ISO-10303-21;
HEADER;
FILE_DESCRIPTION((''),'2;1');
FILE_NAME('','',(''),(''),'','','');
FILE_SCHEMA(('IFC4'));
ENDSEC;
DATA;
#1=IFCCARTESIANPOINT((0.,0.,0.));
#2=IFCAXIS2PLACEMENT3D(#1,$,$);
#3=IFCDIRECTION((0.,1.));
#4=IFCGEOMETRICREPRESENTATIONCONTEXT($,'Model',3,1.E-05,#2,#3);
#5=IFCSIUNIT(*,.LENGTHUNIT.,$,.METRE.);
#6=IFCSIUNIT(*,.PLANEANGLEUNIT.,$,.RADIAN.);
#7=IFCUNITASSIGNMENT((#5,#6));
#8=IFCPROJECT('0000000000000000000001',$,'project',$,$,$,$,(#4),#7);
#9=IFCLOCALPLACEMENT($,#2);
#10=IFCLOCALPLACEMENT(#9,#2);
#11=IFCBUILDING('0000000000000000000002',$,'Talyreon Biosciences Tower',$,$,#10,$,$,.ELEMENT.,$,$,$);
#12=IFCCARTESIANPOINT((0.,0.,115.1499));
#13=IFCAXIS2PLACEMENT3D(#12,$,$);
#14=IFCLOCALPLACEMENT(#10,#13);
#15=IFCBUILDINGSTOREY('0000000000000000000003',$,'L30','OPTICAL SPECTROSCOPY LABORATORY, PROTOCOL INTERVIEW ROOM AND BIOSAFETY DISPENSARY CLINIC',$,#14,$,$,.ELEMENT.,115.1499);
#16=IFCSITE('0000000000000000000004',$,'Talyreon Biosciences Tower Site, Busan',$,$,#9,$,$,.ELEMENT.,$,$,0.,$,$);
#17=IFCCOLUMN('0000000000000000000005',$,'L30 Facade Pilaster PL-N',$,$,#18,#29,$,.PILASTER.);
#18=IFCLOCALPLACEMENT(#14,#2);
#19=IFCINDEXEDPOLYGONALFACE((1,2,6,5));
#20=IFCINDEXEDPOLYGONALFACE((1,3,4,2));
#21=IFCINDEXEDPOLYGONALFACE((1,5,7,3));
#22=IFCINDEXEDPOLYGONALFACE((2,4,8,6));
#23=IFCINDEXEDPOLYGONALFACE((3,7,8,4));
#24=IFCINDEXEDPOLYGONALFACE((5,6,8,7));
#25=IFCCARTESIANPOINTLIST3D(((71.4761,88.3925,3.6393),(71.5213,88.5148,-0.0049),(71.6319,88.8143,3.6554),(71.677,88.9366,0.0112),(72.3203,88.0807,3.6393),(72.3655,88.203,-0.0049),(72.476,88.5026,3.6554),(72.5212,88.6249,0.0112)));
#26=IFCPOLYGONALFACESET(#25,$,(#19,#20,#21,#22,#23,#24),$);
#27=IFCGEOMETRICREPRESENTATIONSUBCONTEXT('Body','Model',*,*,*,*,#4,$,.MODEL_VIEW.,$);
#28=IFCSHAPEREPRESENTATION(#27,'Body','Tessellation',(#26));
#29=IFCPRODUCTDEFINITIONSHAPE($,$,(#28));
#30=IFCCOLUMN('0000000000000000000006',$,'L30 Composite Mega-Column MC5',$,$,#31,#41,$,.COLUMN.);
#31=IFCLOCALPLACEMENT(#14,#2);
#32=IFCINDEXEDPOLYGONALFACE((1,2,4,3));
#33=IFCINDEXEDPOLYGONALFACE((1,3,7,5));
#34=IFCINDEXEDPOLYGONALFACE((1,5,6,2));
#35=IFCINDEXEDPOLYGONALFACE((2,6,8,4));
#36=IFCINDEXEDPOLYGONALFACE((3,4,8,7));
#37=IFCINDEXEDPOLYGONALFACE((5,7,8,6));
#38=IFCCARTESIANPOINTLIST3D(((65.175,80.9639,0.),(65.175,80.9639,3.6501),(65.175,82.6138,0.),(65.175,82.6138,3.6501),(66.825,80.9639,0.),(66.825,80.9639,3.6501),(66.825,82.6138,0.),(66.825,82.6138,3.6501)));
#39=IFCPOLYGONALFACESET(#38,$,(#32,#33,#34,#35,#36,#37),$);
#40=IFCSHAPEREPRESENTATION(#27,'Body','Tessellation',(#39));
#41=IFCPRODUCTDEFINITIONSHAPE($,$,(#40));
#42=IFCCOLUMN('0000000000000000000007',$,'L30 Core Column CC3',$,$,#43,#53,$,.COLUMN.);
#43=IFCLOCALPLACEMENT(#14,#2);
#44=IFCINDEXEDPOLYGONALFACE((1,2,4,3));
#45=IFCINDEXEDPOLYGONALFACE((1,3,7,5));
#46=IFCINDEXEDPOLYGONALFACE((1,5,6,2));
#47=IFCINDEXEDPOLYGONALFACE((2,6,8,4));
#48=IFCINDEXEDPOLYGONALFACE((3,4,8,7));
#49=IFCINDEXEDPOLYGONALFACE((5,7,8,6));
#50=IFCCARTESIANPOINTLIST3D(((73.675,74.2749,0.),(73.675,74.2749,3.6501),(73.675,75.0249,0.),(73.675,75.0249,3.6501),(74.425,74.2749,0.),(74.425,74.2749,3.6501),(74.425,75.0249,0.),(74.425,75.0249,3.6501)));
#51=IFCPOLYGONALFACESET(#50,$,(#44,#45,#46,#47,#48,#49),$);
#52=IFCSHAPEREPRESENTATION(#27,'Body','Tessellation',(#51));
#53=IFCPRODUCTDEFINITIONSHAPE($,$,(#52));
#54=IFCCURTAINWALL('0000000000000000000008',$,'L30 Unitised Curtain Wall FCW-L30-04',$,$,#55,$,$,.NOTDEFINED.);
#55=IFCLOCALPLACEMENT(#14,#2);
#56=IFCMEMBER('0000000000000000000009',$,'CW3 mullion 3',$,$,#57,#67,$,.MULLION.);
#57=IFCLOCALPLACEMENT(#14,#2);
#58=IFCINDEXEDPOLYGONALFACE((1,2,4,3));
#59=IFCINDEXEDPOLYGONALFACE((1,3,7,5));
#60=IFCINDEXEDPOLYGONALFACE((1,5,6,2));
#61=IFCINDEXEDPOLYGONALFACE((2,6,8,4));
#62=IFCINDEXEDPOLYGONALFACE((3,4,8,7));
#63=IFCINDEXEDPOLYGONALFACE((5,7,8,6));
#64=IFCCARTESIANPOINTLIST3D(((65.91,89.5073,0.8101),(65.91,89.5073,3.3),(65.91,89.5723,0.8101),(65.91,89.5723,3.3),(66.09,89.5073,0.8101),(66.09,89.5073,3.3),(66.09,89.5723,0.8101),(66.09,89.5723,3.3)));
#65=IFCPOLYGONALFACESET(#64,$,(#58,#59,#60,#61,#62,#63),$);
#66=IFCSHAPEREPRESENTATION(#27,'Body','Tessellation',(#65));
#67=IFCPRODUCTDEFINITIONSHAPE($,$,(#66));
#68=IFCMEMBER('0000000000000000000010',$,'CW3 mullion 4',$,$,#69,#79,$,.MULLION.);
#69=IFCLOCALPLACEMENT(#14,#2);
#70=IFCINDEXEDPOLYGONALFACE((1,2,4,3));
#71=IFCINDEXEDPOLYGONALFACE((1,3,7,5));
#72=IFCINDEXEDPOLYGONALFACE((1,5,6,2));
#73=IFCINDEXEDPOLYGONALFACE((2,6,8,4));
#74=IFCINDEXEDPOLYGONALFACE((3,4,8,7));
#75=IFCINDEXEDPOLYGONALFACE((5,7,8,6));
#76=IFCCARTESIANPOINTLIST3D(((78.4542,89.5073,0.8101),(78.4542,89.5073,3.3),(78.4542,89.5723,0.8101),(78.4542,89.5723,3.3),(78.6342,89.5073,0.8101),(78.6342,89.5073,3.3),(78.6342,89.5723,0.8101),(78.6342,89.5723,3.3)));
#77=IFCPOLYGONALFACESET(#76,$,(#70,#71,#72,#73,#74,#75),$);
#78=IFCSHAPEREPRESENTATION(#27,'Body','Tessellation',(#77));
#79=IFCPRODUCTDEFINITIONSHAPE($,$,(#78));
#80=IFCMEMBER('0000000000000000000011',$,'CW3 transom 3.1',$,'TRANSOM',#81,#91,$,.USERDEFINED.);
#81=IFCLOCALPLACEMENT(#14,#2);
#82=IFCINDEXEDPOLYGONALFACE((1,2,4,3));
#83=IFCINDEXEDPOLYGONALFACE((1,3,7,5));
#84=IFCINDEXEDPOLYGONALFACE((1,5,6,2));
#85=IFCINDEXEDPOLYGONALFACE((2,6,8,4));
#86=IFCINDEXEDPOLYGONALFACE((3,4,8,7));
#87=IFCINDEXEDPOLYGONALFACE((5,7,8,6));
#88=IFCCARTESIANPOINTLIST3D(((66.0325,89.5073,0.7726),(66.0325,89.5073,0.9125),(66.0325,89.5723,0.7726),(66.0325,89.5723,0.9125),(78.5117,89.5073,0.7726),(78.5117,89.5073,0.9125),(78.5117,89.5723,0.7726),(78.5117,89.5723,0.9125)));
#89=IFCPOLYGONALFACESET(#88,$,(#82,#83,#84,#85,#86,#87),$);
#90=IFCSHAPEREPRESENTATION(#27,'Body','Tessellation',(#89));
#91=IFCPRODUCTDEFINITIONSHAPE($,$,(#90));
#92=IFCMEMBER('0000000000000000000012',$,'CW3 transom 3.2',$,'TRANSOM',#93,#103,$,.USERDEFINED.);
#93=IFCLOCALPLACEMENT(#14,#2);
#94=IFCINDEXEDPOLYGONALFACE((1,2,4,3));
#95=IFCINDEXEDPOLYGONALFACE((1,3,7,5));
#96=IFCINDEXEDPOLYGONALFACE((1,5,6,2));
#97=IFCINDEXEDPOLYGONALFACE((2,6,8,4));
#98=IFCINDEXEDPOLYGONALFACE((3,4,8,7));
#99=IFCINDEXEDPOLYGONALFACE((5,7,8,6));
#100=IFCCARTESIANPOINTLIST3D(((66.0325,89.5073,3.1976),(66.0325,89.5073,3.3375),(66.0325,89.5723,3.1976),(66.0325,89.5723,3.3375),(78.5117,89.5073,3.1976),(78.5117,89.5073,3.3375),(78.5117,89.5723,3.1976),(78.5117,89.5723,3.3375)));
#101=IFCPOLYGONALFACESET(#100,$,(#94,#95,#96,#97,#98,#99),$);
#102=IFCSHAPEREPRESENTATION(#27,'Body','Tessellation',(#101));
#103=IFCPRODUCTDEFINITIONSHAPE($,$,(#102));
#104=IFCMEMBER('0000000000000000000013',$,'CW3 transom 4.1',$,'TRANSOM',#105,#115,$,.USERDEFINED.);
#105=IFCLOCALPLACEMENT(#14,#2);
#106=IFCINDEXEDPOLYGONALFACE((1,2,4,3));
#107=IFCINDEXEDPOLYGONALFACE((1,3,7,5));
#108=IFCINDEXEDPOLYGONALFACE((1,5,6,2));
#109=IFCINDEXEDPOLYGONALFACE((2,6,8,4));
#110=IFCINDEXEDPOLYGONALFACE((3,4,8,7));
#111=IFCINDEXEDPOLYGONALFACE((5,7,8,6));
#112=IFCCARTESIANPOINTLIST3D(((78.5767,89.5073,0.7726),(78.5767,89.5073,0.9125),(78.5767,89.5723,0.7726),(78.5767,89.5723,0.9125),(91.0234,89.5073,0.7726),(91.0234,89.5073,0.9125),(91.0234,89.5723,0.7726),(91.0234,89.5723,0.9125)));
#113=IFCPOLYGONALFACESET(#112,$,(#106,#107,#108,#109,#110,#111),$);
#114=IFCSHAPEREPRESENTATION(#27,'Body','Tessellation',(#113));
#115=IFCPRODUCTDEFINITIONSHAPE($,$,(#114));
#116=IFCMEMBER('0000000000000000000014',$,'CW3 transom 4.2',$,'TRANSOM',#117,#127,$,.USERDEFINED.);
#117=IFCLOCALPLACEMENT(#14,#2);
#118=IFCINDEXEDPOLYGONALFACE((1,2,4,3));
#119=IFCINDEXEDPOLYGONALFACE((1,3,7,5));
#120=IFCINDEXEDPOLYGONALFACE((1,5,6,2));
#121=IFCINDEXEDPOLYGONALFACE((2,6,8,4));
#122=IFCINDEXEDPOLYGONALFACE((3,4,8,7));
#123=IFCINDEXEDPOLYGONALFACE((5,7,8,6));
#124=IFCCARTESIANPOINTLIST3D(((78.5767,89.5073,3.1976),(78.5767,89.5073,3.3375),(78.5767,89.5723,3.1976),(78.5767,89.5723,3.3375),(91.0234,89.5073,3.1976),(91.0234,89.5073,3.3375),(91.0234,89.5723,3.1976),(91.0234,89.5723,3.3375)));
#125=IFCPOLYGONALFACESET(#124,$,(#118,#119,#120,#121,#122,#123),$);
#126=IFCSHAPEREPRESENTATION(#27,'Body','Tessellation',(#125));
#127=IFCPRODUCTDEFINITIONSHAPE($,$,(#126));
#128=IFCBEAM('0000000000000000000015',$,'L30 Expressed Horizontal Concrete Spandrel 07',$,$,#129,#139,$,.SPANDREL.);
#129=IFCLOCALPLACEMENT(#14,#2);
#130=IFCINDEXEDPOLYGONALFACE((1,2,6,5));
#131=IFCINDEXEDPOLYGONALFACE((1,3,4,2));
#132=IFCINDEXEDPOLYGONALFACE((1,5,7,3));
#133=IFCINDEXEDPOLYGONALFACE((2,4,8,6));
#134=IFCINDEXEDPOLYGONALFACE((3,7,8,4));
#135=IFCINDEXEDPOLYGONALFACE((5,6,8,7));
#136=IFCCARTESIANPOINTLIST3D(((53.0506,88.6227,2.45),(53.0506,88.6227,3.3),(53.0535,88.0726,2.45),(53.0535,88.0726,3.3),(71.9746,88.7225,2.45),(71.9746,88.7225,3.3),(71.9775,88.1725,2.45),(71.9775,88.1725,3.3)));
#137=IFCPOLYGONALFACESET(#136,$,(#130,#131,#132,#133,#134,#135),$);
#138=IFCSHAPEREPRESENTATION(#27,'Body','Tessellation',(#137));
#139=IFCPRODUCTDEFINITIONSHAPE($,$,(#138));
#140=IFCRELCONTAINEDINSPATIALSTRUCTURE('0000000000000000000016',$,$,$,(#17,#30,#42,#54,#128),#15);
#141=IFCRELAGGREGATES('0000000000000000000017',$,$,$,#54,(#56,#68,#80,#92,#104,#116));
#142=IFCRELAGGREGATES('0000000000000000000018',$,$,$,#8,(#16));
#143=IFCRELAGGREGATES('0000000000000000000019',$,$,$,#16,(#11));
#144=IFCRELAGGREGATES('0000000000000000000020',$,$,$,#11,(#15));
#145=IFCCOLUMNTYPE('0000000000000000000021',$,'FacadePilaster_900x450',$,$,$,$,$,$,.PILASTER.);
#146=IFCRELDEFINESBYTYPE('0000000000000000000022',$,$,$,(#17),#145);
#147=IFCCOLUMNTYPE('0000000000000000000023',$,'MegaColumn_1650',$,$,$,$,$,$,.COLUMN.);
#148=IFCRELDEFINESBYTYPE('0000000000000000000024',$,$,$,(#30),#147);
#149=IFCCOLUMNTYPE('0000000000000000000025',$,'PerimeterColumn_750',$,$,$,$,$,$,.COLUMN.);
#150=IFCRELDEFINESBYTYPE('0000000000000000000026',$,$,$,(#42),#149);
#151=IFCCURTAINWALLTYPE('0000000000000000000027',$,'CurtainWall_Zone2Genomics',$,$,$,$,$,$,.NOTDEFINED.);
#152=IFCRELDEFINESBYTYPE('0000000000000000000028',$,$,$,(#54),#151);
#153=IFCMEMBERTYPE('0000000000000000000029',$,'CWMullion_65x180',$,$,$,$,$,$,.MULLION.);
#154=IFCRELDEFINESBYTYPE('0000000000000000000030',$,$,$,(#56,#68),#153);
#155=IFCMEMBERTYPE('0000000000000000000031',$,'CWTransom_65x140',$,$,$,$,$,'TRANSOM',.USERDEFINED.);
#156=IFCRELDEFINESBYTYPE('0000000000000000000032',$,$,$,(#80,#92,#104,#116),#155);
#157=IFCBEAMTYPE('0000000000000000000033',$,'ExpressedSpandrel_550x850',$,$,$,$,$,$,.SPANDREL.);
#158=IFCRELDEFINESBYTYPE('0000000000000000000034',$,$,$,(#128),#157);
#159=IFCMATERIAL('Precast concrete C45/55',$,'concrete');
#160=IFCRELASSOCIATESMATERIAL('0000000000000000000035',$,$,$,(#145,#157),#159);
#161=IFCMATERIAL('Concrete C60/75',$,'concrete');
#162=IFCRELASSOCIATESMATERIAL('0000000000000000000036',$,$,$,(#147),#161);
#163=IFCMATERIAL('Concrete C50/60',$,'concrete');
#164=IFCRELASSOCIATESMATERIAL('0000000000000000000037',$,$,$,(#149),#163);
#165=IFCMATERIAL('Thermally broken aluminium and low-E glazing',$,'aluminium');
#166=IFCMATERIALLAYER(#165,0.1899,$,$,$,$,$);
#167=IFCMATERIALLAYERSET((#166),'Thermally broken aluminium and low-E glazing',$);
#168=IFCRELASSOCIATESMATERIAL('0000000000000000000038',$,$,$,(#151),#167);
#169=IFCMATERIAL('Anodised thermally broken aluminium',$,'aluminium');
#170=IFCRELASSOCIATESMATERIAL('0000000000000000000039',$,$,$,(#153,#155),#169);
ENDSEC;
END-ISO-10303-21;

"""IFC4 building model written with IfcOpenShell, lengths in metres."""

from ifc_helpers import new_model, si_unit, direction, frame, origin, origin_2d, place, context, subcontext, project, spatial, rectangle, extrude, material, layer, layer_set, material_profile, profile_set, type_object, element, aggregate, save


model = new_model("IFC4")

# Units and contexts
model_context = context("Model", 3, precision=1e-05, world=origin(), true_north=direction((0.0, 1.0)))
body_context = subcontext(model_context, "Body", "Model", "MODEL_VIEW")
ifc_project = project(units=[si_unit("LENGTHUNIT", "METRE"), si_unit("PLANEANGLEUNIT", "RADIAN")], contexts=[model_context])

# Site, building, storey
site_placement = place(None, origin())
site = spatial("IfcSite", under=ifc_project, at=site_placement, Name="Talyreon Biosciences Tower Site, Busan", CompositionType="ELEMENT", RefElevation=0.0)
building_placement = place(site_placement, origin())
building = spatial("IfcBuilding", under=site, at=building_placement, Name="Talyreon Biosciences Tower", CompositionType="ELEMENT")
storey_placement = place(building_placement, frame((0.0, 0.0, 115.1499)))
storey = spatial("IfcBuildingStorey", under=building, at=storey_placement, Name="L30", Description="OPTICAL SPECTROSCOPY LABORATORY, PROTOCOL INTERVIEW ROOM AND BIOSAFETY DISPENSARY CLINIC", CompositionType="ELEMENT", Elevation=115.1499)

# Columns
ifc_material_1 = material(Name="Precast concrete C45/55", Category="concrete")
ifc_material_profile_1 = material_profile(ifc_material_1, rectangle(XDim=0.8999, YDim=0.45, at=origin_2d()), Name="RC 900x450")
ifc_profile_set_1 = profile_set([ifc_material_profile_1], Name="Precast concrete C45/55")
column_type_1 = type_object("IfcColumnType", Name="FacadePilaster_900x450", PredefinedType="PILASTER", material=ifc_profile_set_1)
column_1_placement = place(storey_placement, frame((72.0212, 88.5698, 0.0032), z_axis=(-0.012387, -0.033544, 0.99936), x_axis=(-0.938087, 0.346399, 0.0)))
element("IfcColumn", 1, at=column_1_placement, inside=storey, type_object=column_type_1, Name="L30 Facade Pilaster PL-N", PredefinedType="PILASTER", context=body_context, shape_type="SweptSolid", body=[
    extrude(rectangle(XDim=0.8999, YDim=0.45, at=origin_2d()), origin(), (0.0, 0.0, 1.0), 3.6465),
])
ifc_material_2 = material(Name="Concrete C60/75", Category="concrete")
ifc_material_profile_2 = material_profile(ifc_material_2, rectangle(XDim=1.6499, YDim=1.6499, at=origin_2d()), Name="RC 1650x1650")
ifc_profile_set_2 = profile_set([ifc_material_profile_2], Name="Concrete C60/75")
column_type_2 = type_object("IfcColumnType", Name="MegaColumn_1650", PredefinedType="COLUMN", material=ifc_profile_set_2)
column_2_placement = place(storey_placement, frame((66.0, 81.7888, 0.0), z_axis=(0.0, 0.0, 1.0), x_axis=(1.0, 0.0, 0.0)))
element("IfcColumn", 2, at=column_2_placement, inside=storey, type_object=column_type_2, Name="L30 Composite Mega-Column MC5", PredefinedType="COLUMN", context=body_context, shape_type="SweptSolid", body=[
    extrude(rectangle(XDim=1.6499, YDim=1.6499, at=origin_2d()), origin(), (0.0, 0.0, 1.0), 3.6501),
])
ifc_material_3 = material(Name="Concrete C50/60", Category="concrete")
ifc_material_profile_3 = material_profile(ifc_material_3, rectangle(XDim=0.75, YDim=0.75, at=origin_2d()), Name="RC 750x750")
ifc_profile_set_3 = profile_set([ifc_material_profile_3], Name="Concrete C50/60")
column_type_3 = type_object("IfcColumnType", Name="PerimeterColumn_750", PredefinedType="COLUMN", material=ifc_profile_set_3)
column_3_placement = place(storey_placement, frame((74.05, 74.6499, 0.0), z_axis=(0.0, 0.0, 1.0), x_axis=(1.0, 0.0, 0.0)))
element("IfcColumn", 3, at=column_3_placement, inside=storey, type_object=column_type_3, Name="L30 Core Column CC3", PredefinedType="COLUMN", context=body_context, shape_type="SweptSolid", body=[
    extrude(rectangle(XDim=0.75, YDim=0.75, at=origin_2d()), origin(), (0.0, 0.0, 1.0), 3.6501),
])

# Curtain wall, members
ifc_material_4 = material(Name="Thermally broken aluminium and low-E glazing", Category="aluminium")
ifc_layer_1 = layer(ifc_material_4, 0.1899)
ifc_layer_set_1 = layer_set([ifc_layer_1], Name="Thermally broken aluminium and low-E glazing")
curtain_wall_type = type_object("IfcCurtainWallType", Name="CurtainWall_Zone2Genomics", PredefinedType="NOTDEFINED", material=ifc_layer_set_1)
curtain_wall_placement = place(storey_placement, origin())
curtain_wall = element("IfcCurtainWall", 4, at=curtain_wall_placement, inside=storey, type_object=curtain_wall_type, Name="L30 Unitised Curtain Wall FCW-L30-04", PredefinedType="NOTDEFINED")
ifc_material_5 = material(Name="Anodised thermally broken aluminium", Category="aluminium")
ifc_material_profile_4 = material_profile(ifc_material_5, rectangle(XDim=0.0649, YDim=0.1799, at=origin_2d()), Name="ALUM MULLION 65x180")
ifc_profile_set_4 = profile_set([ifc_material_profile_4], Name="Anodised thermally broken aluminium")
member_type_1 = type_object("IfcMemberType", Name="CWMullion_65x180", PredefinedType="MULLION", material=ifc_profile_set_4)
member_1_placement = place(storey_placement, frame((66.0, 89.5398, 0.8101), z_axis=(0.0, 0.0, 1.0), x_axis=(0.0, 1.0, 0.0)))
member_1 = element("IfcMember", 5, at=member_1_placement, type_object=member_type_1, Name="CW3 mullion 3", PredefinedType="MULLION", context=body_context, shape_type="SweptSolid", body=[
    extrude(rectangle(XDim=0.0649, YDim=0.1799, at=origin_2d()), origin(), (0.0, 0.0, 1.0), 2.49),
])
member_2_placement = place(storey_placement, frame((78.5442, 89.5398, 0.8101), z_axis=(0.0, 0.0, 1.0), x_axis=(0.0, 1.0, 0.0)))
member_2 = element("IfcMember", 6, at=member_2_placement, type_object=member_type_1, Name="CW3 mullion 4", PredefinedType="MULLION", context=body_context, shape_type="SweptSolid", body=[
    extrude(rectangle(XDim=0.0649, YDim=0.1799, at=origin_2d()), origin(), (0.0, 0.0, 1.0), 2.49),
])
ifc_material_profile_5 = material_profile(ifc_material_5, rectangle(XDim=0.0649, YDim=0.1399, at=origin_2d()), Name="ALUM TRANSOM 65x140")
ifc_profile_set_5 = profile_set([ifc_material_profile_5], Name="Anodised thermally broken aluminium")
member_type_2 = type_object("IfcMemberType", Name="CWTransom_65x140", ElementType="TRANSOM", PredefinedType="USERDEFINED", material=ifc_profile_set_5)
member_3_placement = place(storey_placement, frame((66.0325, 89.5398, 0.8425), z_axis=(1.0, 0.0, 0.0), x_axis=(0.0, 1.0, 0.0)))
member_3 = element("IfcMember", 7, at=member_3_placement, type_object=member_type_2, Name="CW3 transom 3.1", ObjectType="TRANSOM", PredefinedType="USERDEFINED", context=body_context, shape_type="SweptSolid", body=[
    extrude(rectangle(XDim=0.0649, YDim=0.1399, at=origin_2d()), origin(), (0.0, 0.0, 1.0), 12.4792),
])
member_4_placement = place(storey_placement, frame((66.0325, 89.5398, 3.2676), z_axis=(1.0, 0.0, 0.0), x_axis=(0.0, 1.0, 0.0)))
member_4 = element("IfcMember", 8, at=member_4_placement, type_object=member_type_2, Name="CW3 transom 3.2", ObjectType="TRANSOM", PredefinedType="USERDEFINED", context=body_context, shape_type="SweptSolid", body=[
    extrude(rectangle(XDim=0.0649, YDim=0.1399, at=origin_2d()), origin(), (0.0, 0.0, 1.0), 12.4792),
])
member_5_placement = place(storey_placement, frame((78.5767, 89.5398, 0.8425), z_axis=(1.0, 0.0, 0.0), x_axis=(0.0, 1.0, 0.0)))
member_5 = element("IfcMember", 9, at=member_5_placement, type_object=member_type_2, Name="CW3 transom 4.1", ObjectType="TRANSOM", PredefinedType="USERDEFINED", context=body_context, shape_type="SweptSolid", body=[
    extrude(rectangle(XDim=0.0649, YDim=0.1399, at=origin_2d()), origin(), (0.0, 0.0, 1.0), 12.4468),
])
member_6_placement = place(storey_placement, frame((78.5767, 89.5398, 3.2676), z_axis=(1.0, 0.0, 0.0), x_axis=(0.0, 1.0, 0.0)))
member_6 = element("IfcMember", 10, at=member_6_placement, type_object=member_type_2, Name="CW3 transom 4.2", ObjectType="TRANSOM", PredefinedType="USERDEFINED", context=body_context, shape_type="SweptSolid", body=[
    extrude(rectangle(XDim=0.0649, YDim=0.1399, at=origin_2d()), origin(), (0.0, 0.0, 1.0), 12.4468),
])

# Beam
ifc_material_profile_6 = material_profile(ifc_material_1, rectangle(XDim=0.55, YDim=0.8501, at=origin_2d()), Name="RCB 550x850")
ifc_profile_set_6 = profile_set([ifc_material_profile_6], Name="Precast concrete C45/55")
beam_type_1 = type_object("IfcBeamType", Name="ExpressedSpandrel_550x850", PredefinedType="SPANDREL", material=ifc_profile_set_6)
beam_1_placement = place(storey_placement, frame((71.9761, 88.4475, 2.875), z_axis=(-0.999986, -0.005276, 0.0), x_axis=(0.005276, -0.999986, 0.0)))
element("IfcBeam", 11, at=beam_1_placement, inside=storey, type_object=beam_type_1, Name="L30 Expressed Horizontal Concrete Spandrel 07", PredefinedType="SPANDREL", context=body_context, shape_type="SweptSolid", body=[
    extrude(rectangle(XDim=0.55, YDim=0.8501, at=origin_2d()), origin(), (0.0, 0.0, 1.0), 18.9243),
])

aggregate(curtain_wall, [member_1, member_2, member_3, member_4, member_5, member_6])

save(model, "model.ifc")
